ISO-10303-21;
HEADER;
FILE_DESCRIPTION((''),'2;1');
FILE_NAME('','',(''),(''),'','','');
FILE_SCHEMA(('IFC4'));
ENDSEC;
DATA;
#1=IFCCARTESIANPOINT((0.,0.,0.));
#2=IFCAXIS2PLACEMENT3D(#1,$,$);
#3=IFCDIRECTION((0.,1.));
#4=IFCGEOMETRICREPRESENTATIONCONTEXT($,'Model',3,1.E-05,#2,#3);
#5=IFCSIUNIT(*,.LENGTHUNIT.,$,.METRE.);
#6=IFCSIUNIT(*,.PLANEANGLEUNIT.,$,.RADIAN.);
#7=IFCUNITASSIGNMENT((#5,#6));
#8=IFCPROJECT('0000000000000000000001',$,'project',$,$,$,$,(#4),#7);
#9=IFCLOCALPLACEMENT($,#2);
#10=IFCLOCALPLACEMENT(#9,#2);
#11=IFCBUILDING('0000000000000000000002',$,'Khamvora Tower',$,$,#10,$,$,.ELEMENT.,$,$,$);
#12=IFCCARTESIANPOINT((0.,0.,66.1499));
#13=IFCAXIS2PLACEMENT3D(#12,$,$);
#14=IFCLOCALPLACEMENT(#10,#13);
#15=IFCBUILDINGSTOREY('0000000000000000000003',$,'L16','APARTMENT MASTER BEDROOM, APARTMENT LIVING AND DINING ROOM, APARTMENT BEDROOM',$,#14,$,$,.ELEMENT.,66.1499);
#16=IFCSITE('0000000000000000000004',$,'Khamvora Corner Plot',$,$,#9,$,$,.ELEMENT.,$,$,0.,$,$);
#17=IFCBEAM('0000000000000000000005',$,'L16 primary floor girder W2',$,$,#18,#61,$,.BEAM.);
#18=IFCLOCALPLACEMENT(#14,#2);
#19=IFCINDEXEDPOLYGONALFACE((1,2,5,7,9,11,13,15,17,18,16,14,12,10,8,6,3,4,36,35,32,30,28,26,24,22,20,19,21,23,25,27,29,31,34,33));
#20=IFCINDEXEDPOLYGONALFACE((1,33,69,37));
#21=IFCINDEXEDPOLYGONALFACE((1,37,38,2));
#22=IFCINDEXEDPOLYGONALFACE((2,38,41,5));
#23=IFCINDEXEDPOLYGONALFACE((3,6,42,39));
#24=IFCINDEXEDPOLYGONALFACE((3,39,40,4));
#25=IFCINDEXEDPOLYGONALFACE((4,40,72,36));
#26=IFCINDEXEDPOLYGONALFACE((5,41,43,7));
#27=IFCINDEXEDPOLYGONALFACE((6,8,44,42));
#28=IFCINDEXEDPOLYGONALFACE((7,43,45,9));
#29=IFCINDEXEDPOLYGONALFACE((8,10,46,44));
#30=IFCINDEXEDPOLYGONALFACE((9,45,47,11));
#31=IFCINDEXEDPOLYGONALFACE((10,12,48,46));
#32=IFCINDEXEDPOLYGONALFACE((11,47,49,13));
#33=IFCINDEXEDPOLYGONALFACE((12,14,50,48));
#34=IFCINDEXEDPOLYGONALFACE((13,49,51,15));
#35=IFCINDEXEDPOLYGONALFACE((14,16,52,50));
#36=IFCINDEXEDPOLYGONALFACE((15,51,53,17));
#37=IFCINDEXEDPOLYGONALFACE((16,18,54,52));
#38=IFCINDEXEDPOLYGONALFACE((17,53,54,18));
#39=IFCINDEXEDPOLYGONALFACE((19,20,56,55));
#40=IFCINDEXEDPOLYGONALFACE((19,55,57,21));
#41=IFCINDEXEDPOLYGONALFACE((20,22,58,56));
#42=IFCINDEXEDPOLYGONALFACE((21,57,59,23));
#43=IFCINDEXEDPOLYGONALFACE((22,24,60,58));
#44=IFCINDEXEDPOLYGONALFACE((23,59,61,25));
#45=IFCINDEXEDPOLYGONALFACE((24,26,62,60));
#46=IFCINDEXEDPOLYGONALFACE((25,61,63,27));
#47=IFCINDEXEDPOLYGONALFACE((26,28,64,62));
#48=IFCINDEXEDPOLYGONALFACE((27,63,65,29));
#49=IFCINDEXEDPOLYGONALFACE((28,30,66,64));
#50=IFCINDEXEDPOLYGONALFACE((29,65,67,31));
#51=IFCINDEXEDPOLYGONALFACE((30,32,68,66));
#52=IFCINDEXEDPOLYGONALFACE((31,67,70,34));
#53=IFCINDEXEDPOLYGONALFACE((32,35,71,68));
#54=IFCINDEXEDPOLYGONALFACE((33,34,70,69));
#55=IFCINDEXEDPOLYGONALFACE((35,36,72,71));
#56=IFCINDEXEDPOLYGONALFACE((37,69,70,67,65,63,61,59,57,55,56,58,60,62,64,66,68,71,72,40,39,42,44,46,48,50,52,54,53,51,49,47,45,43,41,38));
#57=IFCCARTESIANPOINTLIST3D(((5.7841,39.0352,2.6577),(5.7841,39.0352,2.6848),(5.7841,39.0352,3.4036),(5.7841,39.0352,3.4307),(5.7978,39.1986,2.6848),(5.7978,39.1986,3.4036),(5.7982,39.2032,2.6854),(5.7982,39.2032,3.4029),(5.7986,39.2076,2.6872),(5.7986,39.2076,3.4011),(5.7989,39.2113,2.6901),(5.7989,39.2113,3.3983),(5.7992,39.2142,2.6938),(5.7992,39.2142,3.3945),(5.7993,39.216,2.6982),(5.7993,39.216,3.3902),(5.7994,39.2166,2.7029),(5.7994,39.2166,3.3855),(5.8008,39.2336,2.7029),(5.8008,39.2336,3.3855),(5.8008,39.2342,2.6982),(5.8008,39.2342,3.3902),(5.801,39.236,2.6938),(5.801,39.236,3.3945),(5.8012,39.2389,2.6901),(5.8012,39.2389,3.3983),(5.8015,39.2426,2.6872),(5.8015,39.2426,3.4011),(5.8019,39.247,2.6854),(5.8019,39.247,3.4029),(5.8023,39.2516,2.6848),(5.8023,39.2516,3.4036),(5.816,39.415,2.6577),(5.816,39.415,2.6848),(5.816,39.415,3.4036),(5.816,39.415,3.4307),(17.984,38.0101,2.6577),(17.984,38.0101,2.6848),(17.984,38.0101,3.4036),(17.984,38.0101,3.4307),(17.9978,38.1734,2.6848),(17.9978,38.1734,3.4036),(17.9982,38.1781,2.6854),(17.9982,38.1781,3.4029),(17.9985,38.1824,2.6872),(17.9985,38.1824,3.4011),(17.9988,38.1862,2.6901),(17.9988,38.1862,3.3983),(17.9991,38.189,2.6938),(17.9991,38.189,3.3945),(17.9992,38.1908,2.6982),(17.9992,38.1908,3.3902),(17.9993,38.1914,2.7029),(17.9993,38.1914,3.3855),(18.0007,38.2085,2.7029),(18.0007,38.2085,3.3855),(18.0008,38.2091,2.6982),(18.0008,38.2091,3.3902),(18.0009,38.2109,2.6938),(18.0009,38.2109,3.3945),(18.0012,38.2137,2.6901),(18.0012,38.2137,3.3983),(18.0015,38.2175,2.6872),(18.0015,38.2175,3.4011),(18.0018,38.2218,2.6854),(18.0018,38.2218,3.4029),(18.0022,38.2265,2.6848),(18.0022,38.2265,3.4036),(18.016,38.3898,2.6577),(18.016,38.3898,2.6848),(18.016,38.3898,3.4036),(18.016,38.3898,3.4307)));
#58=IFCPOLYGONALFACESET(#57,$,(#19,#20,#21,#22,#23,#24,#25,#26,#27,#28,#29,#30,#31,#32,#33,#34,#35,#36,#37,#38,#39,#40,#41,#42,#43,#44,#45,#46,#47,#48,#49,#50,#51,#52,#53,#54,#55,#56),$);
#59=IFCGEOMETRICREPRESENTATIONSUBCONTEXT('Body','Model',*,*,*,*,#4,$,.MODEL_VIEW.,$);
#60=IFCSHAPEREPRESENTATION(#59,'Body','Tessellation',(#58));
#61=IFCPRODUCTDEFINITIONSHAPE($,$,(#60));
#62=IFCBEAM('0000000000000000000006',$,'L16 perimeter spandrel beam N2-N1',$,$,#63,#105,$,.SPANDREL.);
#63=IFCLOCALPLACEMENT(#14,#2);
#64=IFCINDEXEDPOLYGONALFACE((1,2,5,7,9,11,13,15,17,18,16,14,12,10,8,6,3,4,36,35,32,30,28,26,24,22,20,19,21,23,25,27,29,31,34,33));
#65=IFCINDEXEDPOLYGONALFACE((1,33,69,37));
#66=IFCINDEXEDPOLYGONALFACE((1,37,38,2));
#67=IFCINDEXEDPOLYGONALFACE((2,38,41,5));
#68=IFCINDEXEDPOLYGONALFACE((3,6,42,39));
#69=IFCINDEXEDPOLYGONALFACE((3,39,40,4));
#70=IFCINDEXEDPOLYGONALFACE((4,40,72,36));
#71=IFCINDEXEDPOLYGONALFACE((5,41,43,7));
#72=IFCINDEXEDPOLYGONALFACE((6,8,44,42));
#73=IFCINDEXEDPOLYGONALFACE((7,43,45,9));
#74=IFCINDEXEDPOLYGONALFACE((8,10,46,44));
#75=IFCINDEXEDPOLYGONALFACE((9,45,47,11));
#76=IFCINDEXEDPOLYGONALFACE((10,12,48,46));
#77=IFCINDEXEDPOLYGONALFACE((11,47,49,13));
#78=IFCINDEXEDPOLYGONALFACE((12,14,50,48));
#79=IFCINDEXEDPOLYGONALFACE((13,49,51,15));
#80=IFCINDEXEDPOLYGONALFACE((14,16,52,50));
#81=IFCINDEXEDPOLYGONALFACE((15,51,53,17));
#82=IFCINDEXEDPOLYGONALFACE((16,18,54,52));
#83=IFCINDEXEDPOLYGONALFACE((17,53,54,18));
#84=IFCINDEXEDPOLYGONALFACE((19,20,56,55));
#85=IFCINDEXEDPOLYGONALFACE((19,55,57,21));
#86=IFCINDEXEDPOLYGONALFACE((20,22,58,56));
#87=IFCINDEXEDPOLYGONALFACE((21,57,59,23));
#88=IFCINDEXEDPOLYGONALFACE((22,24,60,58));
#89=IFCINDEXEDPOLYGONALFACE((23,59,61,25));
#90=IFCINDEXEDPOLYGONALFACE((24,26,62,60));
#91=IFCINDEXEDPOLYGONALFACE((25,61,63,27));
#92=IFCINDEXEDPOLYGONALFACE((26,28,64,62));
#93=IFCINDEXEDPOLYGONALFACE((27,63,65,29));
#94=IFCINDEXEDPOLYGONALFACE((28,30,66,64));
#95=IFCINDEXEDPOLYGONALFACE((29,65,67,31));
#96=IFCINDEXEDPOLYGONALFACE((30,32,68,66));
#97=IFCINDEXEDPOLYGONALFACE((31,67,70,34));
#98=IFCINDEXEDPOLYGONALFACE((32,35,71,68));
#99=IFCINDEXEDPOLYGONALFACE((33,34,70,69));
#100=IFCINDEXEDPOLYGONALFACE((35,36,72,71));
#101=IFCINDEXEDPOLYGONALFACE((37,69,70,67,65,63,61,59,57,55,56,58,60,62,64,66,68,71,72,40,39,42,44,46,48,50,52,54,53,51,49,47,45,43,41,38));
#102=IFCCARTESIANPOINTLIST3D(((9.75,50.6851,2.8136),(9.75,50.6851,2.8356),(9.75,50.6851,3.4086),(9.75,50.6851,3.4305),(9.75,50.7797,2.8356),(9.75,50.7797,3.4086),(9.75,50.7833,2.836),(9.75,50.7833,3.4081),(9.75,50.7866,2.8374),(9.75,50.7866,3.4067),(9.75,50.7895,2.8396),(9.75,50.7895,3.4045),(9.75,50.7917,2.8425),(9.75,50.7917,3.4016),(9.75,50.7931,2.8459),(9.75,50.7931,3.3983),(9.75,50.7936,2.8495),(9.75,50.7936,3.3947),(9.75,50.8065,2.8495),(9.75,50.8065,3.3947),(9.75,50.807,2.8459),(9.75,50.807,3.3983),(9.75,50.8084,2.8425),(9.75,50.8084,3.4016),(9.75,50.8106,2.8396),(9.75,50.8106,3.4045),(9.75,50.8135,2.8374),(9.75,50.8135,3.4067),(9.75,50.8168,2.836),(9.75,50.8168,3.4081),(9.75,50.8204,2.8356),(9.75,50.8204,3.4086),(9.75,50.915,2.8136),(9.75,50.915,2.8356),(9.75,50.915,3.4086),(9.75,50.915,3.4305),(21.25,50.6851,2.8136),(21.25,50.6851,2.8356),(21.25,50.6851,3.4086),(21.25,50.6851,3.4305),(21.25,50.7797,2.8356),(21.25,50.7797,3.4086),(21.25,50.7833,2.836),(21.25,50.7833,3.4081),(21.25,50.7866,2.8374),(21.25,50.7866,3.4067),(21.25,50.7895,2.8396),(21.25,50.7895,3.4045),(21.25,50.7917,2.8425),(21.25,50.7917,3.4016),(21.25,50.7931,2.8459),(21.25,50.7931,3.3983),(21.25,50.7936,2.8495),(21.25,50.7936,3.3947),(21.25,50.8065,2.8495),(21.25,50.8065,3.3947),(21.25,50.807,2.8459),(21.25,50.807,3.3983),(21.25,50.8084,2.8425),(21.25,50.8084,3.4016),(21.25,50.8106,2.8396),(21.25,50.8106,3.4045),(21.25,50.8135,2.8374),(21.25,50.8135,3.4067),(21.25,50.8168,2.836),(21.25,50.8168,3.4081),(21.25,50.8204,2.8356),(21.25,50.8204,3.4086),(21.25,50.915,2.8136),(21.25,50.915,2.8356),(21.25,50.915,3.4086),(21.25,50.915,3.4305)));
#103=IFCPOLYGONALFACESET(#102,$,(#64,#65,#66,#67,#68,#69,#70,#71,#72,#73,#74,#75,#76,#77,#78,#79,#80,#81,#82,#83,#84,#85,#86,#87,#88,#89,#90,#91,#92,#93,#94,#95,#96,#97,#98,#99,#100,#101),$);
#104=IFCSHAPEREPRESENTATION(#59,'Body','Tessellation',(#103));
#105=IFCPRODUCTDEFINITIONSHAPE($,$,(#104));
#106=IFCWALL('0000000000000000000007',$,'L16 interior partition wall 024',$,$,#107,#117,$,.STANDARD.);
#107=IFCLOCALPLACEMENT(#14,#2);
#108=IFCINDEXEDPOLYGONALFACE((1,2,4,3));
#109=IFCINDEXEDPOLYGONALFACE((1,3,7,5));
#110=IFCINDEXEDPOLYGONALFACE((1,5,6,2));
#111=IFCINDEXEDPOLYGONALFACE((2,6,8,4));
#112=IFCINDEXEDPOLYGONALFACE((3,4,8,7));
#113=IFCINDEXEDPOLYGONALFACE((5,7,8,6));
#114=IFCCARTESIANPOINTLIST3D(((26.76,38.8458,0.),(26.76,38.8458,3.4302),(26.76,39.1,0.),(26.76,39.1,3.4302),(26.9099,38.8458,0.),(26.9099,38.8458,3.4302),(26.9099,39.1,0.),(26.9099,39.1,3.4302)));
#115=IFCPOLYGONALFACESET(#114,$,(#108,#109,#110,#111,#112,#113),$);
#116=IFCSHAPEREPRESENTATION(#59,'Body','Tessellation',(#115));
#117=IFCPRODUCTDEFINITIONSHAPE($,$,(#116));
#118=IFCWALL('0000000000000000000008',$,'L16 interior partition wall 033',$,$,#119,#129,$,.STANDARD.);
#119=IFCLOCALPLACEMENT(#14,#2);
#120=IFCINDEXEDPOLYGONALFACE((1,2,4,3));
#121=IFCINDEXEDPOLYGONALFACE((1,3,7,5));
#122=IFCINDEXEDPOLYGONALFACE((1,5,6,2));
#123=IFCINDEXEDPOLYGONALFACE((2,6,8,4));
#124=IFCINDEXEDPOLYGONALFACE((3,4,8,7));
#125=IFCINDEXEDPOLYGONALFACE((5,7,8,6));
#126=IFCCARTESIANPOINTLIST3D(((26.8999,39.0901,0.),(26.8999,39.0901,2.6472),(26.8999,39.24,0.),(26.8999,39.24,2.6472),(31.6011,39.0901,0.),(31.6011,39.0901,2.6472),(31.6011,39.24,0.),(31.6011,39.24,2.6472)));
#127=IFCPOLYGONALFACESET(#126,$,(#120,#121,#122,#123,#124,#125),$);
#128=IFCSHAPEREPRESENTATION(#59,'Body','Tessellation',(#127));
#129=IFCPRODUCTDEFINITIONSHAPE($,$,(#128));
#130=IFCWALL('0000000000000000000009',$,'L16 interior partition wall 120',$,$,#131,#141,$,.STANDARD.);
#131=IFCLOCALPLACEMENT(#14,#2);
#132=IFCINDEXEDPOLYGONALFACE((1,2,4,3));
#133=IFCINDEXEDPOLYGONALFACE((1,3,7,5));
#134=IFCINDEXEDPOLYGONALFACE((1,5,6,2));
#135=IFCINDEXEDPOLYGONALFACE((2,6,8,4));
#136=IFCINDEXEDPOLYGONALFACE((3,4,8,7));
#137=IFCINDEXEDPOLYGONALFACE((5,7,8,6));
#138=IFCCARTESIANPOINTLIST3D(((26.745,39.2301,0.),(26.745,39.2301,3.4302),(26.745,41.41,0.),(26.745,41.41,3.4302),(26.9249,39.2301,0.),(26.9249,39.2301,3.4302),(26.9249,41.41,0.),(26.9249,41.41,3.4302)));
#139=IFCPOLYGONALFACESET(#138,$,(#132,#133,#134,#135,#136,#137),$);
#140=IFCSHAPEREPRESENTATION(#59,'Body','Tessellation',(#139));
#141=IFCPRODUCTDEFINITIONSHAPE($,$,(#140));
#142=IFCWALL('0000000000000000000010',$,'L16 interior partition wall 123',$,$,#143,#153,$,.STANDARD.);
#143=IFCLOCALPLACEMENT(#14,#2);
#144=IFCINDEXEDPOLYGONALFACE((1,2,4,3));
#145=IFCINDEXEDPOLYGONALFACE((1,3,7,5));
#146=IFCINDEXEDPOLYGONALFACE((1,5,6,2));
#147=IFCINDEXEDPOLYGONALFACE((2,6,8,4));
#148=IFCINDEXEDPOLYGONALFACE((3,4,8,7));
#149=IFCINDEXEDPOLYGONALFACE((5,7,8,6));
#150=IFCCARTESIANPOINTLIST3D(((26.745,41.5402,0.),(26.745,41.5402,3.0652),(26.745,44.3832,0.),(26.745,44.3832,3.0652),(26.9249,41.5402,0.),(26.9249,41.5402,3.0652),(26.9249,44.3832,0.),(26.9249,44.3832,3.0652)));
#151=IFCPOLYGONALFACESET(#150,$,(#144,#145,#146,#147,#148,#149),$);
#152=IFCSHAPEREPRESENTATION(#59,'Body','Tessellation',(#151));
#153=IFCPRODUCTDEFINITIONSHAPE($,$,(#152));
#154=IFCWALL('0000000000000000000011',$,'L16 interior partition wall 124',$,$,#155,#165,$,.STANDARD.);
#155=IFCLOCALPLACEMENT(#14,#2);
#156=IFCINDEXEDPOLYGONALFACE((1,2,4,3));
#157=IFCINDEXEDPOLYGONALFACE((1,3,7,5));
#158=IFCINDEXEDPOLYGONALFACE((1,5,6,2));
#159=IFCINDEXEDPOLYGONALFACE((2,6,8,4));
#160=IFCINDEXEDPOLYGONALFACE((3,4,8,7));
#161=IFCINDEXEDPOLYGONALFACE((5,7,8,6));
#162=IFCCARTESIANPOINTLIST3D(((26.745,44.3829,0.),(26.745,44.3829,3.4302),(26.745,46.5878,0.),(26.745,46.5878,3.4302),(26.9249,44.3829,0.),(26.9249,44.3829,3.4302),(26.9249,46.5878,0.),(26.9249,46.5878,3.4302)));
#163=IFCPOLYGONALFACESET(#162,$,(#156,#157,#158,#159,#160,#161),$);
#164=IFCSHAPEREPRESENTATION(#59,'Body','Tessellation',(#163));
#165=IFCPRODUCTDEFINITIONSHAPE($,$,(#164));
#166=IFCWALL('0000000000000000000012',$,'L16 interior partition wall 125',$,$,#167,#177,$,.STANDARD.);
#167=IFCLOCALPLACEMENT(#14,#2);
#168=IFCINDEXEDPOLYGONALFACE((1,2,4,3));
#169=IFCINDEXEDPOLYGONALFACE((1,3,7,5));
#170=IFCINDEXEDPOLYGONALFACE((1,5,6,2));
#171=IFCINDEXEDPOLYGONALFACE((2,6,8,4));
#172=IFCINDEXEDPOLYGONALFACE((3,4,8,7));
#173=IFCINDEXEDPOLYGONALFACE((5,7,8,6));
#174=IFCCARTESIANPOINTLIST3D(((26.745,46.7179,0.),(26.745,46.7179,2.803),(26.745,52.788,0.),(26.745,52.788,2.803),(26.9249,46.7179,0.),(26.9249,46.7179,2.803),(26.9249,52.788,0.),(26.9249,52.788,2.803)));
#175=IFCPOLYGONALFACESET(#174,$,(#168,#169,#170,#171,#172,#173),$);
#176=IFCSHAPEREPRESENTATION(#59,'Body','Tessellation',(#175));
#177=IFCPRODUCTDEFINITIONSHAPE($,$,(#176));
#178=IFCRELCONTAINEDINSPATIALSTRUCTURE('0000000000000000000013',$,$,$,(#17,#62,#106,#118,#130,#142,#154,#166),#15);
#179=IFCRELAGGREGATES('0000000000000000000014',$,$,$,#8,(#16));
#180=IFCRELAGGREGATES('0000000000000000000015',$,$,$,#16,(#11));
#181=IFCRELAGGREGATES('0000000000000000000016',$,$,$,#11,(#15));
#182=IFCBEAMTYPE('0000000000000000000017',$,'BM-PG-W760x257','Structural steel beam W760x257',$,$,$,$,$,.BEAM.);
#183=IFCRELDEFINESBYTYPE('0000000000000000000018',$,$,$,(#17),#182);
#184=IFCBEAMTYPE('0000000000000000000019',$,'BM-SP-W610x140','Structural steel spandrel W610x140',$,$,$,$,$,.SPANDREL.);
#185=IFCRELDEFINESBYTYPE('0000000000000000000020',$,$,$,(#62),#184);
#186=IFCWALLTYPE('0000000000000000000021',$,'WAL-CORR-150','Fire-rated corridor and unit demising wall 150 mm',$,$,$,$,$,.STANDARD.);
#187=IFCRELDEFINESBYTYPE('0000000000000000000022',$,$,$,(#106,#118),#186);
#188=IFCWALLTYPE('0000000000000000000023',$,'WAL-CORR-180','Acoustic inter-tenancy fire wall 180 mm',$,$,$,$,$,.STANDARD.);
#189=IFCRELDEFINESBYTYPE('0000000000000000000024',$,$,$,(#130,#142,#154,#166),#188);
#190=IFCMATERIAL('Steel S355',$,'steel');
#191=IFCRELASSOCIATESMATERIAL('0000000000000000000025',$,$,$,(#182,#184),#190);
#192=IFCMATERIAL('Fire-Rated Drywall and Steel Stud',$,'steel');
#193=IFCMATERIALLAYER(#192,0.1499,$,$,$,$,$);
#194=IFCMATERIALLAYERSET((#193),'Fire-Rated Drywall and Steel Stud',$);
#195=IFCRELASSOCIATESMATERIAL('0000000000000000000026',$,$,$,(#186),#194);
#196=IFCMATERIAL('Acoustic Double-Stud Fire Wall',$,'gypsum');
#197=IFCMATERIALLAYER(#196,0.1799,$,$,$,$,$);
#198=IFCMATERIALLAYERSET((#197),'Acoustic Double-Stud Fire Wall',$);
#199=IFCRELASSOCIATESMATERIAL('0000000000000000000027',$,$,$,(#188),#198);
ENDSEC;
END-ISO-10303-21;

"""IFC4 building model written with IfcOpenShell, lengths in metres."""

from ifc_helpers import new_model, si_unit, direction, frame, frame_2d, origin, origin_2d, place, context, subcontext, project, spatial, rectangle, i_section, extrude, material, layer, layer_set, material_profile, profile_set, type_object, element, save


model = new_model("IFC4")

# Units and contexts
model_context = context("Model", 3, precision=1e-05, world=origin(), true_north=direction((0.0, 1.0)))
body_context = subcontext(model_context, "Body", "Model", "MODEL_VIEW")
ifc_project = project(units=[si_unit("LENGTHUNIT", "METRE"), si_unit("PLANEANGLEUNIT", "RADIAN")], contexts=[model_context])

# Site, building, storey
site_placement = place(None, origin())
site = spatial("IfcSite", under=ifc_project, at=site_placement, Name="Khamvora Corner Plot", CompositionType="ELEMENT", RefElevation=0.0)
building_placement = place(site_placement, origin())
building = spatial("IfcBuilding", under=site, at=building_placement, Name="Khamvora Tower", CompositionType="ELEMENT")
storey_placement = place(building_placement, frame((0.0, 0.0, 66.1499)))
storey = spatial("IfcBuildingStorey", under=building, at=storey_placement, Name="L16", Description="APARTMENT MASTER BEDROOM, APARTMENT LIVING AND DINING ROOM, APARTMENT BEDROOM", CompositionType="ELEMENT", Elevation=66.1499)

# Beams
ifc_material_1 = material(Name="Steel S355", Category="steel")
ifc_material_profile_1 = material_profile(ifc_material_1, i_section(OverallWidth=0.3811, OverallDepth=0.7729, WebThickness=0.0171, FlangeThickness=0.0271, FilletRadius=0.0181, at=origin_2d()), Name="W760x257")
ifc_profile_set_1 = profile_set([ifc_material_profile_1], Name="Steel S355")
beam_type_1 = type_object("IfcBeamType", Name="BM-PG-W760x257", Description="Structural steel beam W760x257", PredefinedType="BEAM", material=ifc_profile_set_1)
beam_1_placement = place(storey_placement, frame((18.0, 38.2, 3.0442), z_axis=(-0.996488, 0.083734, 0.0), x_axis=(-0.083734, -0.996488, 0.0)))
element("IfcBeam", 1, at=beam_1_placement, inside=storey, type_object=beam_type_1, Name="L16 primary floor girder W2", PredefinedType="BEAM", context=body_context, shape_type="SweptSolid", body=[
    extrude(i_section(OverallWidth=0.3811, OverallDepth=0.7729, WebThickness=0.0171, FlangeThickness=0.0271, FilletRadius=0.0181, at=origin_2d()), origin(), (0.0, 0.0, 1.0), 12.2429),
])
ifc_material_profile_2 = material_profile(ifc_material_1, i_section(OverallWidth=0.23, OverallDepth=0.6169, WebThickness=0.0129, FlangeThickness=0.022, FilletRadius=0.0139, at=origin_2d()), Name="W610x140")
ifc_profile_set_2 = profile_set([ifc_material_profile_2], Name="Steel S355")
beam_type_2 = type_object("IfcBeamType", Name="BM-SP-W610x140", Description="Structural steel spandrel W610x140", PredefinedType="SPANDREL", material=ifc_profile_set_2)
beam_2_placement = place(storey_placement, frame((21.25, 50.8, 3.1221), z_axis=(-1.0, 0.0, 0.0), x_axis=(0.0, -1.0, 0.0)))
element("IfcBeam", 2, at=beam_2_placement, inside=storey, type_object=beam_type_2, Name="L16 perimeter spandrel beam N2-N1", PredefinedType="SPANDREL", context=body_context, shape_type="SweptSolid", body=[
    extrude(i_section(OverallWidth=0.23, OverallDepth=0.6169, WebThickness=0.0129, FlangeThickness=0.022, FilletRadius=0.0139, at=origin_2d()), origin(), (0.0, 0.0, 1.0), 11.5),
])

# Walls
ifc_material_2 = material(Name="Fire-Rated Drywall and Steel Stud", Category="steel")
ifc_layer_1 = layer(ifc_material_2, 0.1499)
ifc_layer_set_1 = layer_set([ifc_layer_1], Name="Fire-Rated Drywall and Steel Stud")
wall_type_1 = type_object("IfcWallType", Name="WAL-CORR-150", Description="Fire-rated corridor and unit demising wall 150 mm", PredefinedType="STANDARD", material=ifc_layer_set_1)
wall_1_placement = place(storey_placement, frame((26.835, 38.8459, 0.0), z_axis=(0.0, 0.0, 1.0), x_axis=(0.0, 1.0, 0.0)))
element("IfcWall", 3, at=wall_1_placement, inside=storey, type_object=wall_type_1, Name="L16 interior partition wall 024", PredefinedType="STANDARD", context=body_context, shape_type="SweptSolid", body=[
    extrude(rectangle(XDim=0.2542, YDim=0.1499, at=frame_2d((0.127, 0.0))), origin(), (0.0, 0.0, 1.0), 3.4302),
])
wall_2_placement = place(storey_placement, frame((26.8999, 39.165, 0.0), z_axis=(0.0, 0.0, 1.0), x_axis=(1.0, 0.0, 0.0)))
element("IfcWall", 4, at=wall_2_placement, inside=storey, type_object=wall_type_1, Name="L16 interior partition wall 033", PredefinedType="STANDARD", context=body_context, shape_type="SweptSolid", body=[
    extrude(rectangle(XDim=4.7012, YDim=0.1499, at=frame_2d((2.3506, 0.0))), origin(), (0.0, 0.0, 1.0), 2.6472),
])
ifc_material_3 = material(Name="Acoustic Double-Stud Fire Wall", Category="gypsum")
ifc_layer_2 = layer(ifc_material_3, 0.1799)
ifc_layer_set_2 = layer_set([ifc_layer_2], Name="Acoustic Double-Stud Fire Wall")
wall_type_2 = type_object("IfcWallType", Name="WAL-CORR-180", Description="Acoustic inter-tenancy fire wall 180 mm", PredefinedType="STANDARD", material=ifc_layer_set_2)
wall_3_placement = place(storey_placement, frame((26.835, 41.4099, 0.0), z_axis=(0.0, 0.0, 1.0), x_axis=(0.0, -1.0, 0.0)))
element("IfcWall", 5, at=wall_3_placement, inside=storey, type_object=wall_type_2, Name="L16 interior partition wall 120", PredefinedType="STANDARD", context=body_context, shape_type="SweptSolid", body=[
    extrude(rectangle(XDim=2.1799, YDim=0.1799, at=frame_2d((1.0898, 0.0))), origin(), (0.0, 0.0, 1.0), 3.4302),
])
wall_4_placement = place(storey_placement, frame((26.835, 44.3831, 0.0), z_axis=(0.0, 0.0, 1.0), x_axis=(0.0, -1.0, 0.0)))
element("IfcWall", 6, at=wall_4_placement, inside=storey, type_object=wall_type_2, Name="L16 interior partition wall 123", PredefinedType="STANDARD", context=body_context, shape_type="SweptSolid", body=[
    extrude(rectangle(XDim=2.843, YDim=0.1799, at=frame_2d((1.4214, 0.0))), origin(), (0.0, 0.0, 1.0), 3.0652),
])
wall_5_placement = place(storey_placement, frame((26.835, 46.5879, 0.0), z_axis=(0.0, 0.0, 1.0), x_axis=(0.0, -1.0, 0.0)))
element("IfcWall", 7, at=wall_5_placement, inside=storey, type_object=wall_type_2, Name="L16 interior partition wall 124", PredefinedType="STANDARD", context=body_context, shape_type="SweptSolid", body=[
    extrude(rectangle(XDim=2.2048, YDim=0.1799, at=frame_2d((1.1025, 0.0))), origin(), (0.0, 0.0, 1.0), 3.4302),
])
wall_6_placement = place(storey_placement, frame((26.835, 52.7881, 0.0), z_axis=(0.0, 0.0, 1.0), x_axis=(0.0, -1.0, 0.0)))
element("IfcWall", 8, at=wall_6_placement, inside=storey, type_object=wall_type_2, Name="L16 interior partition wall 125", PredefinedType="STANDARD", context=body_context, shape_type="SweptSolid", body=[
    extrude(rectangle(XDim=6.0701, YDim=0.1799, at=frame_2d((3.0352, 0.0))), origin(), (0.0, 0.0, 1.0), 2.803),
])

save(model, "model.ifc")
